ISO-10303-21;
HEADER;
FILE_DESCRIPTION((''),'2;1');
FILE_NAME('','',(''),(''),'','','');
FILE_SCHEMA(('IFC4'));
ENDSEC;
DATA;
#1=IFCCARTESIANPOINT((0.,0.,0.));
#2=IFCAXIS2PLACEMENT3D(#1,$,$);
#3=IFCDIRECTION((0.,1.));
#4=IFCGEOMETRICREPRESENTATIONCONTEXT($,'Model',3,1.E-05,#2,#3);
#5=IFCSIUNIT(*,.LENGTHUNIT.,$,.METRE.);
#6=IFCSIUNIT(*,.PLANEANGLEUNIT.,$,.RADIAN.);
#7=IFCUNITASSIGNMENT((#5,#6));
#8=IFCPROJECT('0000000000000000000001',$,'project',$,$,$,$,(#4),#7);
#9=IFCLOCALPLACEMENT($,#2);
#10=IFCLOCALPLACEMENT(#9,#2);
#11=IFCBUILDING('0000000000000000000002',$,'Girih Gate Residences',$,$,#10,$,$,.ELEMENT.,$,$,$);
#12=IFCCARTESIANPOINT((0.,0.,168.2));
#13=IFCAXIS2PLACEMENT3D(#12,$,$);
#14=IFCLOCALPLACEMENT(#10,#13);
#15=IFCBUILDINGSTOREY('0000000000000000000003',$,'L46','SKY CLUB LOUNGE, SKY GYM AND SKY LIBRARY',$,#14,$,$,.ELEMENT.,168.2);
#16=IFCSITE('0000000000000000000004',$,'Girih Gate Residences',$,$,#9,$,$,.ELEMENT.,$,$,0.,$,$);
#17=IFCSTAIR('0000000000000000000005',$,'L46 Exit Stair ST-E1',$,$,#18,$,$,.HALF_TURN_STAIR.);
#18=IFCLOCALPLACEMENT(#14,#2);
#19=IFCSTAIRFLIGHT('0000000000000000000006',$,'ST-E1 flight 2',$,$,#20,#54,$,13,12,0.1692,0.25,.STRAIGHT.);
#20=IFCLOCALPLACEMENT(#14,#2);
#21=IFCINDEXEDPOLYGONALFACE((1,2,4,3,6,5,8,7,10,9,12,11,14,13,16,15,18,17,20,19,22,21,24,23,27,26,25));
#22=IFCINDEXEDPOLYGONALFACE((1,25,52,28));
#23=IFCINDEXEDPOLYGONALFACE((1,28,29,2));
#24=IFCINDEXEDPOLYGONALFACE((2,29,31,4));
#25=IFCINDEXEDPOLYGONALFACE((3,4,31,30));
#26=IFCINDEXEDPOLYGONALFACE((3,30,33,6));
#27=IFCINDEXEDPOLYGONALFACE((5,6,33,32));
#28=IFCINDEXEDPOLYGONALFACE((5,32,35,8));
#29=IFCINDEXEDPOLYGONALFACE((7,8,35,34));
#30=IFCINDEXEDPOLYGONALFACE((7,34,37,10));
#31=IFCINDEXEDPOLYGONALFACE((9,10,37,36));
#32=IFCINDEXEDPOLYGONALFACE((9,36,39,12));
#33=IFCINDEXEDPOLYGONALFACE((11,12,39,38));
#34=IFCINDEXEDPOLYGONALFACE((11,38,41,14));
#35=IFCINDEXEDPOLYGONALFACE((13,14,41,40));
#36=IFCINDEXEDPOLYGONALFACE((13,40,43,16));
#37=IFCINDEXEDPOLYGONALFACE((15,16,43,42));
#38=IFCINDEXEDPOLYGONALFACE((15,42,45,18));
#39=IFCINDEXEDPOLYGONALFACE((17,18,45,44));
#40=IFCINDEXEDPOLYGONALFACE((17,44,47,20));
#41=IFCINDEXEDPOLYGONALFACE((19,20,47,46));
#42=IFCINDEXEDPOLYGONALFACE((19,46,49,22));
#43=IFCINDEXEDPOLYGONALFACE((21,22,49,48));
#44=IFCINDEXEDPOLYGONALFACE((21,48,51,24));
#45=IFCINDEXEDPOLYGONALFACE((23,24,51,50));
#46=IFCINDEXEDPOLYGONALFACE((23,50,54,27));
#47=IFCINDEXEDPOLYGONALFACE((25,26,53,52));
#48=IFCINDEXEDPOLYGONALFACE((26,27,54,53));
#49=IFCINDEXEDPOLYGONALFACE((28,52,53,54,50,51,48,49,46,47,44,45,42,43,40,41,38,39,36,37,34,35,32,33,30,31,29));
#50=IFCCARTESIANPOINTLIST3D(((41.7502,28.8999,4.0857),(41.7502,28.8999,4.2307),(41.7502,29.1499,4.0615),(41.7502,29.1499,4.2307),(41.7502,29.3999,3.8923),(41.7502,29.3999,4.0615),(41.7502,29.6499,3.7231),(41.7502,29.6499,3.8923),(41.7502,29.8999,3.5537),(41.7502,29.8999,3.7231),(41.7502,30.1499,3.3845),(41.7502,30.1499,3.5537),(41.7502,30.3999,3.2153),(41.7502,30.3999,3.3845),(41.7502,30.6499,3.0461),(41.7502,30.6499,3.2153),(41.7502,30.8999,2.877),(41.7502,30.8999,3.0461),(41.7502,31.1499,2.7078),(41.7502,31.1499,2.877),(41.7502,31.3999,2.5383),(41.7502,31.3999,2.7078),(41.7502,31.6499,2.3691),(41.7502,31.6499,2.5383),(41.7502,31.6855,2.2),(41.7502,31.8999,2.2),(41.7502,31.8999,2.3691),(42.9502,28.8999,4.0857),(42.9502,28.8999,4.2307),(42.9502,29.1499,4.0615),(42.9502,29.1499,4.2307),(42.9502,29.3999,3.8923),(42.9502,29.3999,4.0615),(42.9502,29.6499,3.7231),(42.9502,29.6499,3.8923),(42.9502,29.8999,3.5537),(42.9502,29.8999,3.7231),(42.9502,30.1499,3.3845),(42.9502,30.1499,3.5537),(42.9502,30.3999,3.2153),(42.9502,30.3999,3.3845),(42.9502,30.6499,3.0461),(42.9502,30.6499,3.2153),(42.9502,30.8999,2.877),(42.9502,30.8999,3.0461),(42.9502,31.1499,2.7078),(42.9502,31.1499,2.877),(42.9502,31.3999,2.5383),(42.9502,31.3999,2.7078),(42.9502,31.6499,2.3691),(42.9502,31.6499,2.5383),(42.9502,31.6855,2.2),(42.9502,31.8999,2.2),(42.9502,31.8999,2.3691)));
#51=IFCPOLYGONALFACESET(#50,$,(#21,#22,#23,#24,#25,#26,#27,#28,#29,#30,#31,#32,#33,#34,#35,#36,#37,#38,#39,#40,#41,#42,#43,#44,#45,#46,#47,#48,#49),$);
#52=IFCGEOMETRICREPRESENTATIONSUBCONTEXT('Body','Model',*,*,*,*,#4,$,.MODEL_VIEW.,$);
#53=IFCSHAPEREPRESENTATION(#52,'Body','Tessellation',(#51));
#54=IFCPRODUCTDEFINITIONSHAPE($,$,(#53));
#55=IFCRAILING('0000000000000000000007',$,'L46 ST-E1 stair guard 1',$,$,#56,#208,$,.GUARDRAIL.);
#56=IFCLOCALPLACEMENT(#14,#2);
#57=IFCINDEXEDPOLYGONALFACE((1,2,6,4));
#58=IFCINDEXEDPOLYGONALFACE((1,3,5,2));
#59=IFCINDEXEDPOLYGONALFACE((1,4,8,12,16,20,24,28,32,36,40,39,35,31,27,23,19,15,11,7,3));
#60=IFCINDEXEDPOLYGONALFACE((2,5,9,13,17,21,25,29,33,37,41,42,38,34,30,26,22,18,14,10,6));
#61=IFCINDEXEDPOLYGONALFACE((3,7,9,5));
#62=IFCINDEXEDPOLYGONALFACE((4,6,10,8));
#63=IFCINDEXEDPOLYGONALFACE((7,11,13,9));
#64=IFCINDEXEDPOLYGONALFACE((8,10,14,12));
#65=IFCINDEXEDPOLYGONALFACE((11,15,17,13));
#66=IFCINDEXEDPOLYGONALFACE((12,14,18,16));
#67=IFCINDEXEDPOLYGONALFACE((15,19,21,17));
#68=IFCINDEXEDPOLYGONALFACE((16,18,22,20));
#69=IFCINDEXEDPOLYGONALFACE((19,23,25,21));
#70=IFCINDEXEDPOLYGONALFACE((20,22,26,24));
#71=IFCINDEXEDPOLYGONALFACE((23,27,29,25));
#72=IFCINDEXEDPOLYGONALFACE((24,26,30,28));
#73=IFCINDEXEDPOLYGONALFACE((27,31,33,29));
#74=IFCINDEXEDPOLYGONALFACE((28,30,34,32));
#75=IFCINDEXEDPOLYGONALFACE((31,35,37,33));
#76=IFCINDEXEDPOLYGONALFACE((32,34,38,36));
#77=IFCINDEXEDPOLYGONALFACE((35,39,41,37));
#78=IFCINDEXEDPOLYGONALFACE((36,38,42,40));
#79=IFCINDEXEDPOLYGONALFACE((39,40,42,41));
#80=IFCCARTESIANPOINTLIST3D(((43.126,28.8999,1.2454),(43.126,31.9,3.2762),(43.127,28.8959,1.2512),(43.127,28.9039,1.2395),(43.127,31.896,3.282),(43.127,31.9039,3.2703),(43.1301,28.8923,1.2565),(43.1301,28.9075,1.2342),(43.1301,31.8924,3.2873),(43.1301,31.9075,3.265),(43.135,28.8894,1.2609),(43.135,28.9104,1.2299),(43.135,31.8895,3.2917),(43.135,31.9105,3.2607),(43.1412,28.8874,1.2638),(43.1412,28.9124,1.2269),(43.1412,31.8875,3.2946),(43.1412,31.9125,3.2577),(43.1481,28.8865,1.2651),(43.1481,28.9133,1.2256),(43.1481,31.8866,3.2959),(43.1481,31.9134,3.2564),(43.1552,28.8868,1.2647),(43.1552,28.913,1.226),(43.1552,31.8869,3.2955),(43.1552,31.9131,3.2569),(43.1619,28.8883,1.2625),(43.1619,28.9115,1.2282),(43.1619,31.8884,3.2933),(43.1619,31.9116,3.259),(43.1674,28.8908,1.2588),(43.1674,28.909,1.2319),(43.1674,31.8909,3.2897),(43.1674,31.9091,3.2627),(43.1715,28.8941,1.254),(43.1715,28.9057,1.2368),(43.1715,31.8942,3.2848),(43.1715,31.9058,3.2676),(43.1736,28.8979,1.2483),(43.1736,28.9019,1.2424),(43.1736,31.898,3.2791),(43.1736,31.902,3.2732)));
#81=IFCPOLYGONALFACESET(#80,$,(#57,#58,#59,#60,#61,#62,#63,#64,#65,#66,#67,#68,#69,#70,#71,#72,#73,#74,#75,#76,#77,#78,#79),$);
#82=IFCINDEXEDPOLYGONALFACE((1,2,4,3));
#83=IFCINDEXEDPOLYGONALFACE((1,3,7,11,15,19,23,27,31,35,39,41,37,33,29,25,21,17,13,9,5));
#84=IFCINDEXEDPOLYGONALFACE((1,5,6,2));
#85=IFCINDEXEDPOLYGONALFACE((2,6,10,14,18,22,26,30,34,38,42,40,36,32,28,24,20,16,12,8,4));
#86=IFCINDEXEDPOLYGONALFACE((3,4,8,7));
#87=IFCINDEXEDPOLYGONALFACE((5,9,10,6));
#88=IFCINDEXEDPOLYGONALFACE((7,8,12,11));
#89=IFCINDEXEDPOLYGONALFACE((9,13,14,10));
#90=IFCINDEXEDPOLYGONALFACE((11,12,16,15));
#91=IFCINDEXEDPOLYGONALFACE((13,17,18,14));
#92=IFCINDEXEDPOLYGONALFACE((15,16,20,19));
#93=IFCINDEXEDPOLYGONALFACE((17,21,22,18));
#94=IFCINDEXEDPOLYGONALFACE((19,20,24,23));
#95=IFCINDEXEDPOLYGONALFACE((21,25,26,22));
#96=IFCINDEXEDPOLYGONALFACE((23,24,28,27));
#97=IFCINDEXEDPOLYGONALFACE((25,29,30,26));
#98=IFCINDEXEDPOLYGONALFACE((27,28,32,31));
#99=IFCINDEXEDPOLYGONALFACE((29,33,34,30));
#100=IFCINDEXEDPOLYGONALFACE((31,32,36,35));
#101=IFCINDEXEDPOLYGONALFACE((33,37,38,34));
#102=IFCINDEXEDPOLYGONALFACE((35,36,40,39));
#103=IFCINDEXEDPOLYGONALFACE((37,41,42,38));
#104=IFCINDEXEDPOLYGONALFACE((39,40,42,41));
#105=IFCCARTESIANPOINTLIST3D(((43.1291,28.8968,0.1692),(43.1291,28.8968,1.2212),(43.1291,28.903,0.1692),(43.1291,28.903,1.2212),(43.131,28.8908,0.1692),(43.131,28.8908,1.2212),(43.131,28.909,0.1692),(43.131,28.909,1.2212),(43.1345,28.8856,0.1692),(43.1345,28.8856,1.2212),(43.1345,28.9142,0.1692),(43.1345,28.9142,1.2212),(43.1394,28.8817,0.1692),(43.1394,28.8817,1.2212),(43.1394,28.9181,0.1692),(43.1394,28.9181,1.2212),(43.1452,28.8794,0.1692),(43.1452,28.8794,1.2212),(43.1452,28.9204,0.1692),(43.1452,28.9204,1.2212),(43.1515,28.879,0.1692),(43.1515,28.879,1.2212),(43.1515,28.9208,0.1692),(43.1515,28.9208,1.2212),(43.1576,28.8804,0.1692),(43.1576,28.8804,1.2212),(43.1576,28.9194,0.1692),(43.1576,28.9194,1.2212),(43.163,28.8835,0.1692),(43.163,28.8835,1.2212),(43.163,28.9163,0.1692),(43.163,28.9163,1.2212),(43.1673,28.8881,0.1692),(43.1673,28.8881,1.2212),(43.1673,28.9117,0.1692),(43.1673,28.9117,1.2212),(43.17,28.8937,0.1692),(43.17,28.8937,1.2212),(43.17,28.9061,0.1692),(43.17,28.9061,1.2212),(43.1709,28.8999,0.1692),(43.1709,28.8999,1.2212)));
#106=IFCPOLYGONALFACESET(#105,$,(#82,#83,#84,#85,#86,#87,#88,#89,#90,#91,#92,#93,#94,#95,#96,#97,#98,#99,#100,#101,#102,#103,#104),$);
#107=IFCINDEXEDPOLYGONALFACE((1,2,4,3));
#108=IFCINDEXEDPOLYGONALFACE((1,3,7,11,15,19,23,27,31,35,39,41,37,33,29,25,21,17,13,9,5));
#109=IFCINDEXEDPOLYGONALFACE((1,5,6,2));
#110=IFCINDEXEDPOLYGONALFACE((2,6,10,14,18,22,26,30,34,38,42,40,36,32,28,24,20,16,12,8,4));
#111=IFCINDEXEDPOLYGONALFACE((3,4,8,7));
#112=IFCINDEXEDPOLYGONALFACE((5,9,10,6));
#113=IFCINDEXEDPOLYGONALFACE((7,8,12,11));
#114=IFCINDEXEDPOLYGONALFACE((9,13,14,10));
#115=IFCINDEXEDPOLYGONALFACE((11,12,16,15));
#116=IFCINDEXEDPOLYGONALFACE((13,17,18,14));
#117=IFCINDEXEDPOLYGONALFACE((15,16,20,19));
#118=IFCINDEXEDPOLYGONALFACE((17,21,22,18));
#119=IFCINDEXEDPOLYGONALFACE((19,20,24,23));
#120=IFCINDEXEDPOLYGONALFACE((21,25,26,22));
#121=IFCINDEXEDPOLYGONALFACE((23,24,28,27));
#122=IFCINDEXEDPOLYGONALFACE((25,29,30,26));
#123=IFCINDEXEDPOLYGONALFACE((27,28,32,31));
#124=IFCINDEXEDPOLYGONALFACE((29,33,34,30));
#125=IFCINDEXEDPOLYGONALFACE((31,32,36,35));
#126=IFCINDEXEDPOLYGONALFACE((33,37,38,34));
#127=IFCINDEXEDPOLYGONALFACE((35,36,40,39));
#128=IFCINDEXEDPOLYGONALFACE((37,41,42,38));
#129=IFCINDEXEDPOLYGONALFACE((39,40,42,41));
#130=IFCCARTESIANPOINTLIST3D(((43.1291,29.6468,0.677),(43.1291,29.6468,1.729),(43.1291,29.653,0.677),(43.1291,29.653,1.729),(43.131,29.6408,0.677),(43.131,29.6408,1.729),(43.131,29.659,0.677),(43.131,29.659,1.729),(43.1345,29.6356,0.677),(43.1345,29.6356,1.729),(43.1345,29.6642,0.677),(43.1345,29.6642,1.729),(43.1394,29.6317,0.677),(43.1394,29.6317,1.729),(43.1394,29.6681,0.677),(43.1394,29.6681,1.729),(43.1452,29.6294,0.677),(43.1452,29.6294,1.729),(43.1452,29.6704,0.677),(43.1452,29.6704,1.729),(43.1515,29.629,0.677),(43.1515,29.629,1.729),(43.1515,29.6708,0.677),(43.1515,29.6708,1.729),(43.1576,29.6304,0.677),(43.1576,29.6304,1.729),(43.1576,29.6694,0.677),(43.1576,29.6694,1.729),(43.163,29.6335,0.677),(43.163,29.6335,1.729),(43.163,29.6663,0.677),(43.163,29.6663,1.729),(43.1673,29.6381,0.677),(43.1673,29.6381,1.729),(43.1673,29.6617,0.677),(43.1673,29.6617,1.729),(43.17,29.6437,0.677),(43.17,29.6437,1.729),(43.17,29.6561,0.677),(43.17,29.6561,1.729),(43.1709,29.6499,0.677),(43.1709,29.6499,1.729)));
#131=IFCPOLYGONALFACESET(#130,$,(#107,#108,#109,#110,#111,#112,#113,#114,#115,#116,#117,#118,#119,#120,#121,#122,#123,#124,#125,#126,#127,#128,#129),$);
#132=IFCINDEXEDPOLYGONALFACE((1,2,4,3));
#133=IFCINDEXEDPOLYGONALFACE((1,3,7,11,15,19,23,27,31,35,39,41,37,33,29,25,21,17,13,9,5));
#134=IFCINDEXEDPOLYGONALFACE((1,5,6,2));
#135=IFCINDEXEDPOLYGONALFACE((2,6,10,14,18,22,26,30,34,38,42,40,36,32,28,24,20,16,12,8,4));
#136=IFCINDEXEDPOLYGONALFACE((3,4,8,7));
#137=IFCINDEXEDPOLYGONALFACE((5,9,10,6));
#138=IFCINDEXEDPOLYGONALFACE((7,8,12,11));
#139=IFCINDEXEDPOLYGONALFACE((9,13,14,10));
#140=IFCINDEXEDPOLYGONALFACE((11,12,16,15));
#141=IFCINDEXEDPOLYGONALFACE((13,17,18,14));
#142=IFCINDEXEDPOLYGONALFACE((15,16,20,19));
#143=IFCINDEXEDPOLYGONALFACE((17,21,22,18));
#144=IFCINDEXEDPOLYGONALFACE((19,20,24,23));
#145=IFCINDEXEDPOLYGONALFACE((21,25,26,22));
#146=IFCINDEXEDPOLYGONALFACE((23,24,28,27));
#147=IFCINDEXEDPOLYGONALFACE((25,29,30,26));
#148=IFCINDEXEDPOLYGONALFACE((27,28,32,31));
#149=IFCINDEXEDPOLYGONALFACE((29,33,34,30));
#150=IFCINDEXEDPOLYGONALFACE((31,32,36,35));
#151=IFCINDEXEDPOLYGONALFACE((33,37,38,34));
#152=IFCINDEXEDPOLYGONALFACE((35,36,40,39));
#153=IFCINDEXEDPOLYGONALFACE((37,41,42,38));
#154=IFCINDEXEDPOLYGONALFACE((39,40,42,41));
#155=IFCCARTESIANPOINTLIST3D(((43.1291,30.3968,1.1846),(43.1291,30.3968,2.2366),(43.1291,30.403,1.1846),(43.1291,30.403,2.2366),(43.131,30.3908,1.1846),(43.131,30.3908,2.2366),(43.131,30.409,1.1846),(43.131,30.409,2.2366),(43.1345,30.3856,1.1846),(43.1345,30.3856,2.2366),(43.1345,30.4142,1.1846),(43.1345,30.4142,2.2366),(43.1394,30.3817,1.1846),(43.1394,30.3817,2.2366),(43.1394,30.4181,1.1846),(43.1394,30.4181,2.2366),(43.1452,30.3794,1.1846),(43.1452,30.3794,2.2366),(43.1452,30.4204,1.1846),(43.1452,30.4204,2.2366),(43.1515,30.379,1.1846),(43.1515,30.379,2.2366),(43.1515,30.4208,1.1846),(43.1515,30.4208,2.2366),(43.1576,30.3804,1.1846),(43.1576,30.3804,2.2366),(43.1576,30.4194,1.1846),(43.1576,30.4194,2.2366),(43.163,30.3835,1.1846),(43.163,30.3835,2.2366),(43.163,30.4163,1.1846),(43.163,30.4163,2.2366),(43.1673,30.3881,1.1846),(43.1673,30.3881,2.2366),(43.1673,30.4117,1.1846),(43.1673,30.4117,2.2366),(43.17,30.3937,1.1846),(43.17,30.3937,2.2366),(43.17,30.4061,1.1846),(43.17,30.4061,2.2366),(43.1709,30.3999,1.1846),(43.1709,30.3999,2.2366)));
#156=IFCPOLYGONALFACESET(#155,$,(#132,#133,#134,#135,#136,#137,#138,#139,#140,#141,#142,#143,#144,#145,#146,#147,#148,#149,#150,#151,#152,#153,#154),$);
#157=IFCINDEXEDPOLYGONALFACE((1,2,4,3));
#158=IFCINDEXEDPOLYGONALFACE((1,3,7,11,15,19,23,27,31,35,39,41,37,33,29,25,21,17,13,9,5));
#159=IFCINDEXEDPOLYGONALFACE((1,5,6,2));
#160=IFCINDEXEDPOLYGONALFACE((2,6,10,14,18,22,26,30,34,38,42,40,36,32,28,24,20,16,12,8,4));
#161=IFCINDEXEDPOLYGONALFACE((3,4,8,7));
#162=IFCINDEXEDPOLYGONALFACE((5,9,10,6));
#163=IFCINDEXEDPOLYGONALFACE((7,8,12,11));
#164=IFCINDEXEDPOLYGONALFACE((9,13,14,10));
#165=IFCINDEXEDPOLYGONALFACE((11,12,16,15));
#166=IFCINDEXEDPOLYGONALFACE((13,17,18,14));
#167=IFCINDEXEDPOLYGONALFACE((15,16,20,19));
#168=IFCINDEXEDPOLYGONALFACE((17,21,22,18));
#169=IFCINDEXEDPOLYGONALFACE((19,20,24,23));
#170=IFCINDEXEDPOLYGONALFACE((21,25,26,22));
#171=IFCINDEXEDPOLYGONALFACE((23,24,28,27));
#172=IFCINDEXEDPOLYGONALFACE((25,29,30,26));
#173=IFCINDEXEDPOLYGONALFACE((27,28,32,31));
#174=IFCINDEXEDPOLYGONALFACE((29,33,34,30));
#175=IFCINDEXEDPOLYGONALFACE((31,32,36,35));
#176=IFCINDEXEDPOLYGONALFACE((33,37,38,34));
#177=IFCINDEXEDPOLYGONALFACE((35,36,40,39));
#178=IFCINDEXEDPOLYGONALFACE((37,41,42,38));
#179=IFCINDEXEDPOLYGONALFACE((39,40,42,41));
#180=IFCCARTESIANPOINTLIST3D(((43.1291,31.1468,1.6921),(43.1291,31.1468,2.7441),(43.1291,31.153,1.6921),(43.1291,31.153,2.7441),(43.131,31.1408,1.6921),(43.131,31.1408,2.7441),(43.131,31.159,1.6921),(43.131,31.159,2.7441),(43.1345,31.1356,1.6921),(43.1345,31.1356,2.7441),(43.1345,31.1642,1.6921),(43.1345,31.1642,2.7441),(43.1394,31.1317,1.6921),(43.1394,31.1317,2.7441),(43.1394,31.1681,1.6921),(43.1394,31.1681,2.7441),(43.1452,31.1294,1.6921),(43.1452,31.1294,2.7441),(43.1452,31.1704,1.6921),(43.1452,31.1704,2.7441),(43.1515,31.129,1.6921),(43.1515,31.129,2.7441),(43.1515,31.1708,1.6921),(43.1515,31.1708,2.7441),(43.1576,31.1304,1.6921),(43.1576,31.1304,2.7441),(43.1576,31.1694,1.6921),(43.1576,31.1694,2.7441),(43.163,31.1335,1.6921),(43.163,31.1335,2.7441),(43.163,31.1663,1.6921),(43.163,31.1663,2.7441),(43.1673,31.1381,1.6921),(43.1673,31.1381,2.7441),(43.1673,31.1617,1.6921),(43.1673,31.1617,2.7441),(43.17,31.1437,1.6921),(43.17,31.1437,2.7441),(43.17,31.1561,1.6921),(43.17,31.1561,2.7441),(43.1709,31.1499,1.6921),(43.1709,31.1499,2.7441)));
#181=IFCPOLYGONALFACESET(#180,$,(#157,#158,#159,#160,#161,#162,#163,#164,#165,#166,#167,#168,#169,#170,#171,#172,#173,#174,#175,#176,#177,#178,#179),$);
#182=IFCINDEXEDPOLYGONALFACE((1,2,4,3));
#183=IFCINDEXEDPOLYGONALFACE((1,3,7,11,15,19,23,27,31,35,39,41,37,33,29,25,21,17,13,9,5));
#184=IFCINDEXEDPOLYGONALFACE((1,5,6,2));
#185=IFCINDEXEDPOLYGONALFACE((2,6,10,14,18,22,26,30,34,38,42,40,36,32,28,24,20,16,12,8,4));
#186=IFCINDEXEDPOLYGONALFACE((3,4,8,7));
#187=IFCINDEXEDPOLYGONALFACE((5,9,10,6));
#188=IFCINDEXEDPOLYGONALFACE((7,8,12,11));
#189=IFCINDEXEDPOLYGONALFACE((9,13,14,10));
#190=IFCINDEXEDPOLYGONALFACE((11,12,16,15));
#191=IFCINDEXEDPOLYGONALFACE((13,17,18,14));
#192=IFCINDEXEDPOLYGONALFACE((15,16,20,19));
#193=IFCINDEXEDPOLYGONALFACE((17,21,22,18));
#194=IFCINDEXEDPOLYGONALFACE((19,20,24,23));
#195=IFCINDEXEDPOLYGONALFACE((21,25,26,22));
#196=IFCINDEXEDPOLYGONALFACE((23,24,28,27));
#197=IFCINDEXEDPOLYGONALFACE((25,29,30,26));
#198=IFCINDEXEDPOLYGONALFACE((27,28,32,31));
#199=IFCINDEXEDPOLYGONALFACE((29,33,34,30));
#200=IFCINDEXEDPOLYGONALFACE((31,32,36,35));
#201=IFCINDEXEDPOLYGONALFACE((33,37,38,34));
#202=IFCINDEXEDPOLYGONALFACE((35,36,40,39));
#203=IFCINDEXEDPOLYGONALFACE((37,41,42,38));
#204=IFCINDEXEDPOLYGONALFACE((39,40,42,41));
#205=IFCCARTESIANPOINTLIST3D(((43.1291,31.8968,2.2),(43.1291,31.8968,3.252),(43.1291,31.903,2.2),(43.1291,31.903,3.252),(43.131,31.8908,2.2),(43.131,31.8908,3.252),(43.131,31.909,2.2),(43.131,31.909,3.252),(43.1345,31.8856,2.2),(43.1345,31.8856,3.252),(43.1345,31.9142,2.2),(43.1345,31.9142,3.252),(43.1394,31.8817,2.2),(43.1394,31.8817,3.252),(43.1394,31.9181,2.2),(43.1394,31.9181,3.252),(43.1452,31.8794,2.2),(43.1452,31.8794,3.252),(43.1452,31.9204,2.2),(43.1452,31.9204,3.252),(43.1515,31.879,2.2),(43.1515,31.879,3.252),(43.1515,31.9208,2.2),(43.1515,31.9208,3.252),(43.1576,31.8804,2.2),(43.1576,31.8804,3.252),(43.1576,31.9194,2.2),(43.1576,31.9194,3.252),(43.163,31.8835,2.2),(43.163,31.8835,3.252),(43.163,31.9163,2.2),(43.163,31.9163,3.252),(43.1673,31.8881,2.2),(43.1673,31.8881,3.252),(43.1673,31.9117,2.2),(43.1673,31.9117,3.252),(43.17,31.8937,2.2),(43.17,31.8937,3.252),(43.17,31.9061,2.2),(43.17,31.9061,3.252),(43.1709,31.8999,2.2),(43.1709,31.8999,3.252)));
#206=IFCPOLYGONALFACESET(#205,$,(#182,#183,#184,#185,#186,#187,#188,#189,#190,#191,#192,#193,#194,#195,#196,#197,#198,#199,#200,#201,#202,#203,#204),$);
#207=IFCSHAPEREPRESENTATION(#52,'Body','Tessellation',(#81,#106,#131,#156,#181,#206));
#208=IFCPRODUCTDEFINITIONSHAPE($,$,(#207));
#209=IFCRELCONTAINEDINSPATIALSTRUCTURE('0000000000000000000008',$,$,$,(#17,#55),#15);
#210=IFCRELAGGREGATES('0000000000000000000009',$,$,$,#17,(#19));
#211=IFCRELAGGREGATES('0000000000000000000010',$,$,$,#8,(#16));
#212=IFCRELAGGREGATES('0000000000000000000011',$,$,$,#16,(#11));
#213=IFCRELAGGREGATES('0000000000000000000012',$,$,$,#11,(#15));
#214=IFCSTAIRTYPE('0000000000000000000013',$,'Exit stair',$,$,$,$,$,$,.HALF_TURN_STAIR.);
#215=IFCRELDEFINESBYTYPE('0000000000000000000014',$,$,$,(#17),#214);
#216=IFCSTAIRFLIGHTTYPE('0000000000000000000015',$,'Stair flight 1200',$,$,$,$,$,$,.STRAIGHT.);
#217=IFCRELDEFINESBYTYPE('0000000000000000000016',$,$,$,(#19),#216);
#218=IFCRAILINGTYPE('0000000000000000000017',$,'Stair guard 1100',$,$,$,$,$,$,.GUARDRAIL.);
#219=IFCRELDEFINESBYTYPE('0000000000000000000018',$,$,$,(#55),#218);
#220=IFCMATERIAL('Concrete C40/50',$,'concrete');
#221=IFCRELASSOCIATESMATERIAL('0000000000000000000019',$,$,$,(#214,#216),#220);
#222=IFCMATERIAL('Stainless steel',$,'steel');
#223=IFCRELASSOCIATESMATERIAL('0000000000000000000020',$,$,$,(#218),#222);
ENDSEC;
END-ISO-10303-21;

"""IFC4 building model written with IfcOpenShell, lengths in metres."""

from ifc_helpers import new_model, si_unit, direction, frame, origin, origin_2d, place, context, subcontext, project, spatial, polyline, circle, outline, extrude, material, type_object, element, aggregate, save


model = new_model("IFC4")

# Units and contexts
model_context = context("Model", 3, precision=1e-05, world=origin(), true_north=direction((0.0, 1.0)))
body_context = subcontext(model_context, "Body", "Model", "MODEL_VIEW")
ifc_project = project(units=[si_unit("LENGTHUNIT", "METRE"), si_unit("PLANEANGLEUNIT", "RADIAN")], contexts=[model_context])

# Site, building, storey
site_placement = place(None, origin())
site = spatial("IfcSite", under=ifc_project, at=site_placement, Name="Girih Gate Residences", CompositionType="ELEMENT", RefElevation=0.0)
building_placement = place(site_placement, origin())
building = spatial("IfcBuilding", under=site, at=building_placement, Name="Girih Gate Residences", CompositionType="ELEMENT")
storey_placement = place(building_placement, frame((0.0, 0.0, 168.2)))
storey = spatial("IfcBuildingStorey", under=building, at=storey_placement, Name="L46", Description="SKY CLUB LOUNGE, SKY GYM AND SKY LIBRARY", CompositionType="ELEMENT", Elevation=168.2)

# Stair, stair flight
ifc_material_1 = material(Name="Concrete C40/50", Category="concrete")
stair_type = type_object("IfcStairType", Name="Exit stair", PredefinedType="HALF_TURN_STAIR", material=ifc_material_1)
stair_placement = place(storey_placement, origin())
stair = element("IfcStair", 1, at=stair_placement, inside=storey, type_object=stair_type, Name="L46 Exit Stair ST-E1", PredefinedType="HALF_TURN_STAIR")
stair_flight_type = type_object("IfcStairFlightType", Name="Stair flight 1200", PredefinedType="STRAIGHT", material=ifc_material_1)
stair_flight_1_placement = place(storey_placement, frame((42.3501, 31.8999, 2.2), z_axis=(0.0, 0.0, 1.0), x_axis=(0.0, -1.0, 0.0)))
stair_flight_1 = element("IfcStairFlight", 2, at=stair_flight_1_placement, type_object=stair_flight_type, Name="ST-E1 flight 2", NumberOfRisers=13, NumberOfTreads=12, PredefinedType="STRAIGHT", RiserHeight=0.1692, TreadLength=0.25, context=body_context, shape_type="SweptSolid", body=[
    extrude(outline(polyline([(0.0, 0.0), (0.0, 0.1692), (0.25, 0.1692), (0.25, 0.3384), (0.5, 0.3384), (0.5, 0.5078), (0.75, 0.5078), (0.75, 0.677), (1.0, 0.677), (1.0, 0.8462), (1.25, 0.8462), (1.25, 1.0154), (1.5, 1.0154), (1.5, 1.1846), (1.75, 1.1846), (1.75, 1.3538), (2.0, 1.3538), (2.0, 1.5232), (2.25, 1.5232), (2.25, 1.6924), (2.5, 1.6924), (2.5, 1.8616), (2.75, 1.8616), (2.75, 2.0308), (3.0, 2.0308), (3.0, 2.2), (3.0, 1.8857), (0.2144, 0.0), (0.0, 0.0)])), frame((0.0, 0.6001, 0.0), z_axis=(0.0, -1.0, 0.0), x_axis=(1.0, 0.0, 0.0)), (0.0, 0.0, 1.0), 1.2),
])
aggregate(stair, [stair_flight_1])

# Railing
ifc_material_2 = material(Name="Stainless steel", Category="steel")
railing_type_1 = type_object("IfcRailingType", Name="Stair guard 1100", PredefinedType="GUARDRAIL", material=ifc_material_2)
railing_1_placement = place(storey_placement, frame((43.1499, 28.8999, 0.1692)))
element("IfcRailing", 3, at=railing_1_placement, inside=storey, type_object=railing_type_1, Name="L46 ST-E1 stair guard 1", PredefinedType="GUARDRAIL", context=body_context, shape_type="SweptSolid", body=[
    extrude(circle(Radius=0.0239, at=origin_2d()), frame((0.0, 0.0, 1.0762), z_axis=(0.0, 0.82811, 0.560565), x_axis=(-1.0, 0.0, 0.0)), (0.0, 0.0, 1.0), 3.6228),
    extrude(circle(Radius=0.021, at=origin_2d()), origin(), (0.0, 0.0, 1.0), 1.052),
    extrude(circle(Radius=0.021, at=origin_2d()), frame((0.0, 0.75, 0.5078)), (0.0, 0.0, 1.0), 1.052),
    extrude(circle(Radius=0.021, at=origin_2d()), frame((0.0, 1.5, 1.0154)), (0.0, 0.0, 1.0), 1.052),
    extrude(circle(Radius=0.021, at=origin_2d()), frame((0.0, 2.25, 1.5229)), (0.0, 0.0, 1.0), 1.052),
    extrude(circle(Radius=0.021, at=origin_2d()), frame((0.0, 3.0, 2.0308)), (0.0, 0.0, 1.0), 1.052),
])

save(model, "model.ifc")
